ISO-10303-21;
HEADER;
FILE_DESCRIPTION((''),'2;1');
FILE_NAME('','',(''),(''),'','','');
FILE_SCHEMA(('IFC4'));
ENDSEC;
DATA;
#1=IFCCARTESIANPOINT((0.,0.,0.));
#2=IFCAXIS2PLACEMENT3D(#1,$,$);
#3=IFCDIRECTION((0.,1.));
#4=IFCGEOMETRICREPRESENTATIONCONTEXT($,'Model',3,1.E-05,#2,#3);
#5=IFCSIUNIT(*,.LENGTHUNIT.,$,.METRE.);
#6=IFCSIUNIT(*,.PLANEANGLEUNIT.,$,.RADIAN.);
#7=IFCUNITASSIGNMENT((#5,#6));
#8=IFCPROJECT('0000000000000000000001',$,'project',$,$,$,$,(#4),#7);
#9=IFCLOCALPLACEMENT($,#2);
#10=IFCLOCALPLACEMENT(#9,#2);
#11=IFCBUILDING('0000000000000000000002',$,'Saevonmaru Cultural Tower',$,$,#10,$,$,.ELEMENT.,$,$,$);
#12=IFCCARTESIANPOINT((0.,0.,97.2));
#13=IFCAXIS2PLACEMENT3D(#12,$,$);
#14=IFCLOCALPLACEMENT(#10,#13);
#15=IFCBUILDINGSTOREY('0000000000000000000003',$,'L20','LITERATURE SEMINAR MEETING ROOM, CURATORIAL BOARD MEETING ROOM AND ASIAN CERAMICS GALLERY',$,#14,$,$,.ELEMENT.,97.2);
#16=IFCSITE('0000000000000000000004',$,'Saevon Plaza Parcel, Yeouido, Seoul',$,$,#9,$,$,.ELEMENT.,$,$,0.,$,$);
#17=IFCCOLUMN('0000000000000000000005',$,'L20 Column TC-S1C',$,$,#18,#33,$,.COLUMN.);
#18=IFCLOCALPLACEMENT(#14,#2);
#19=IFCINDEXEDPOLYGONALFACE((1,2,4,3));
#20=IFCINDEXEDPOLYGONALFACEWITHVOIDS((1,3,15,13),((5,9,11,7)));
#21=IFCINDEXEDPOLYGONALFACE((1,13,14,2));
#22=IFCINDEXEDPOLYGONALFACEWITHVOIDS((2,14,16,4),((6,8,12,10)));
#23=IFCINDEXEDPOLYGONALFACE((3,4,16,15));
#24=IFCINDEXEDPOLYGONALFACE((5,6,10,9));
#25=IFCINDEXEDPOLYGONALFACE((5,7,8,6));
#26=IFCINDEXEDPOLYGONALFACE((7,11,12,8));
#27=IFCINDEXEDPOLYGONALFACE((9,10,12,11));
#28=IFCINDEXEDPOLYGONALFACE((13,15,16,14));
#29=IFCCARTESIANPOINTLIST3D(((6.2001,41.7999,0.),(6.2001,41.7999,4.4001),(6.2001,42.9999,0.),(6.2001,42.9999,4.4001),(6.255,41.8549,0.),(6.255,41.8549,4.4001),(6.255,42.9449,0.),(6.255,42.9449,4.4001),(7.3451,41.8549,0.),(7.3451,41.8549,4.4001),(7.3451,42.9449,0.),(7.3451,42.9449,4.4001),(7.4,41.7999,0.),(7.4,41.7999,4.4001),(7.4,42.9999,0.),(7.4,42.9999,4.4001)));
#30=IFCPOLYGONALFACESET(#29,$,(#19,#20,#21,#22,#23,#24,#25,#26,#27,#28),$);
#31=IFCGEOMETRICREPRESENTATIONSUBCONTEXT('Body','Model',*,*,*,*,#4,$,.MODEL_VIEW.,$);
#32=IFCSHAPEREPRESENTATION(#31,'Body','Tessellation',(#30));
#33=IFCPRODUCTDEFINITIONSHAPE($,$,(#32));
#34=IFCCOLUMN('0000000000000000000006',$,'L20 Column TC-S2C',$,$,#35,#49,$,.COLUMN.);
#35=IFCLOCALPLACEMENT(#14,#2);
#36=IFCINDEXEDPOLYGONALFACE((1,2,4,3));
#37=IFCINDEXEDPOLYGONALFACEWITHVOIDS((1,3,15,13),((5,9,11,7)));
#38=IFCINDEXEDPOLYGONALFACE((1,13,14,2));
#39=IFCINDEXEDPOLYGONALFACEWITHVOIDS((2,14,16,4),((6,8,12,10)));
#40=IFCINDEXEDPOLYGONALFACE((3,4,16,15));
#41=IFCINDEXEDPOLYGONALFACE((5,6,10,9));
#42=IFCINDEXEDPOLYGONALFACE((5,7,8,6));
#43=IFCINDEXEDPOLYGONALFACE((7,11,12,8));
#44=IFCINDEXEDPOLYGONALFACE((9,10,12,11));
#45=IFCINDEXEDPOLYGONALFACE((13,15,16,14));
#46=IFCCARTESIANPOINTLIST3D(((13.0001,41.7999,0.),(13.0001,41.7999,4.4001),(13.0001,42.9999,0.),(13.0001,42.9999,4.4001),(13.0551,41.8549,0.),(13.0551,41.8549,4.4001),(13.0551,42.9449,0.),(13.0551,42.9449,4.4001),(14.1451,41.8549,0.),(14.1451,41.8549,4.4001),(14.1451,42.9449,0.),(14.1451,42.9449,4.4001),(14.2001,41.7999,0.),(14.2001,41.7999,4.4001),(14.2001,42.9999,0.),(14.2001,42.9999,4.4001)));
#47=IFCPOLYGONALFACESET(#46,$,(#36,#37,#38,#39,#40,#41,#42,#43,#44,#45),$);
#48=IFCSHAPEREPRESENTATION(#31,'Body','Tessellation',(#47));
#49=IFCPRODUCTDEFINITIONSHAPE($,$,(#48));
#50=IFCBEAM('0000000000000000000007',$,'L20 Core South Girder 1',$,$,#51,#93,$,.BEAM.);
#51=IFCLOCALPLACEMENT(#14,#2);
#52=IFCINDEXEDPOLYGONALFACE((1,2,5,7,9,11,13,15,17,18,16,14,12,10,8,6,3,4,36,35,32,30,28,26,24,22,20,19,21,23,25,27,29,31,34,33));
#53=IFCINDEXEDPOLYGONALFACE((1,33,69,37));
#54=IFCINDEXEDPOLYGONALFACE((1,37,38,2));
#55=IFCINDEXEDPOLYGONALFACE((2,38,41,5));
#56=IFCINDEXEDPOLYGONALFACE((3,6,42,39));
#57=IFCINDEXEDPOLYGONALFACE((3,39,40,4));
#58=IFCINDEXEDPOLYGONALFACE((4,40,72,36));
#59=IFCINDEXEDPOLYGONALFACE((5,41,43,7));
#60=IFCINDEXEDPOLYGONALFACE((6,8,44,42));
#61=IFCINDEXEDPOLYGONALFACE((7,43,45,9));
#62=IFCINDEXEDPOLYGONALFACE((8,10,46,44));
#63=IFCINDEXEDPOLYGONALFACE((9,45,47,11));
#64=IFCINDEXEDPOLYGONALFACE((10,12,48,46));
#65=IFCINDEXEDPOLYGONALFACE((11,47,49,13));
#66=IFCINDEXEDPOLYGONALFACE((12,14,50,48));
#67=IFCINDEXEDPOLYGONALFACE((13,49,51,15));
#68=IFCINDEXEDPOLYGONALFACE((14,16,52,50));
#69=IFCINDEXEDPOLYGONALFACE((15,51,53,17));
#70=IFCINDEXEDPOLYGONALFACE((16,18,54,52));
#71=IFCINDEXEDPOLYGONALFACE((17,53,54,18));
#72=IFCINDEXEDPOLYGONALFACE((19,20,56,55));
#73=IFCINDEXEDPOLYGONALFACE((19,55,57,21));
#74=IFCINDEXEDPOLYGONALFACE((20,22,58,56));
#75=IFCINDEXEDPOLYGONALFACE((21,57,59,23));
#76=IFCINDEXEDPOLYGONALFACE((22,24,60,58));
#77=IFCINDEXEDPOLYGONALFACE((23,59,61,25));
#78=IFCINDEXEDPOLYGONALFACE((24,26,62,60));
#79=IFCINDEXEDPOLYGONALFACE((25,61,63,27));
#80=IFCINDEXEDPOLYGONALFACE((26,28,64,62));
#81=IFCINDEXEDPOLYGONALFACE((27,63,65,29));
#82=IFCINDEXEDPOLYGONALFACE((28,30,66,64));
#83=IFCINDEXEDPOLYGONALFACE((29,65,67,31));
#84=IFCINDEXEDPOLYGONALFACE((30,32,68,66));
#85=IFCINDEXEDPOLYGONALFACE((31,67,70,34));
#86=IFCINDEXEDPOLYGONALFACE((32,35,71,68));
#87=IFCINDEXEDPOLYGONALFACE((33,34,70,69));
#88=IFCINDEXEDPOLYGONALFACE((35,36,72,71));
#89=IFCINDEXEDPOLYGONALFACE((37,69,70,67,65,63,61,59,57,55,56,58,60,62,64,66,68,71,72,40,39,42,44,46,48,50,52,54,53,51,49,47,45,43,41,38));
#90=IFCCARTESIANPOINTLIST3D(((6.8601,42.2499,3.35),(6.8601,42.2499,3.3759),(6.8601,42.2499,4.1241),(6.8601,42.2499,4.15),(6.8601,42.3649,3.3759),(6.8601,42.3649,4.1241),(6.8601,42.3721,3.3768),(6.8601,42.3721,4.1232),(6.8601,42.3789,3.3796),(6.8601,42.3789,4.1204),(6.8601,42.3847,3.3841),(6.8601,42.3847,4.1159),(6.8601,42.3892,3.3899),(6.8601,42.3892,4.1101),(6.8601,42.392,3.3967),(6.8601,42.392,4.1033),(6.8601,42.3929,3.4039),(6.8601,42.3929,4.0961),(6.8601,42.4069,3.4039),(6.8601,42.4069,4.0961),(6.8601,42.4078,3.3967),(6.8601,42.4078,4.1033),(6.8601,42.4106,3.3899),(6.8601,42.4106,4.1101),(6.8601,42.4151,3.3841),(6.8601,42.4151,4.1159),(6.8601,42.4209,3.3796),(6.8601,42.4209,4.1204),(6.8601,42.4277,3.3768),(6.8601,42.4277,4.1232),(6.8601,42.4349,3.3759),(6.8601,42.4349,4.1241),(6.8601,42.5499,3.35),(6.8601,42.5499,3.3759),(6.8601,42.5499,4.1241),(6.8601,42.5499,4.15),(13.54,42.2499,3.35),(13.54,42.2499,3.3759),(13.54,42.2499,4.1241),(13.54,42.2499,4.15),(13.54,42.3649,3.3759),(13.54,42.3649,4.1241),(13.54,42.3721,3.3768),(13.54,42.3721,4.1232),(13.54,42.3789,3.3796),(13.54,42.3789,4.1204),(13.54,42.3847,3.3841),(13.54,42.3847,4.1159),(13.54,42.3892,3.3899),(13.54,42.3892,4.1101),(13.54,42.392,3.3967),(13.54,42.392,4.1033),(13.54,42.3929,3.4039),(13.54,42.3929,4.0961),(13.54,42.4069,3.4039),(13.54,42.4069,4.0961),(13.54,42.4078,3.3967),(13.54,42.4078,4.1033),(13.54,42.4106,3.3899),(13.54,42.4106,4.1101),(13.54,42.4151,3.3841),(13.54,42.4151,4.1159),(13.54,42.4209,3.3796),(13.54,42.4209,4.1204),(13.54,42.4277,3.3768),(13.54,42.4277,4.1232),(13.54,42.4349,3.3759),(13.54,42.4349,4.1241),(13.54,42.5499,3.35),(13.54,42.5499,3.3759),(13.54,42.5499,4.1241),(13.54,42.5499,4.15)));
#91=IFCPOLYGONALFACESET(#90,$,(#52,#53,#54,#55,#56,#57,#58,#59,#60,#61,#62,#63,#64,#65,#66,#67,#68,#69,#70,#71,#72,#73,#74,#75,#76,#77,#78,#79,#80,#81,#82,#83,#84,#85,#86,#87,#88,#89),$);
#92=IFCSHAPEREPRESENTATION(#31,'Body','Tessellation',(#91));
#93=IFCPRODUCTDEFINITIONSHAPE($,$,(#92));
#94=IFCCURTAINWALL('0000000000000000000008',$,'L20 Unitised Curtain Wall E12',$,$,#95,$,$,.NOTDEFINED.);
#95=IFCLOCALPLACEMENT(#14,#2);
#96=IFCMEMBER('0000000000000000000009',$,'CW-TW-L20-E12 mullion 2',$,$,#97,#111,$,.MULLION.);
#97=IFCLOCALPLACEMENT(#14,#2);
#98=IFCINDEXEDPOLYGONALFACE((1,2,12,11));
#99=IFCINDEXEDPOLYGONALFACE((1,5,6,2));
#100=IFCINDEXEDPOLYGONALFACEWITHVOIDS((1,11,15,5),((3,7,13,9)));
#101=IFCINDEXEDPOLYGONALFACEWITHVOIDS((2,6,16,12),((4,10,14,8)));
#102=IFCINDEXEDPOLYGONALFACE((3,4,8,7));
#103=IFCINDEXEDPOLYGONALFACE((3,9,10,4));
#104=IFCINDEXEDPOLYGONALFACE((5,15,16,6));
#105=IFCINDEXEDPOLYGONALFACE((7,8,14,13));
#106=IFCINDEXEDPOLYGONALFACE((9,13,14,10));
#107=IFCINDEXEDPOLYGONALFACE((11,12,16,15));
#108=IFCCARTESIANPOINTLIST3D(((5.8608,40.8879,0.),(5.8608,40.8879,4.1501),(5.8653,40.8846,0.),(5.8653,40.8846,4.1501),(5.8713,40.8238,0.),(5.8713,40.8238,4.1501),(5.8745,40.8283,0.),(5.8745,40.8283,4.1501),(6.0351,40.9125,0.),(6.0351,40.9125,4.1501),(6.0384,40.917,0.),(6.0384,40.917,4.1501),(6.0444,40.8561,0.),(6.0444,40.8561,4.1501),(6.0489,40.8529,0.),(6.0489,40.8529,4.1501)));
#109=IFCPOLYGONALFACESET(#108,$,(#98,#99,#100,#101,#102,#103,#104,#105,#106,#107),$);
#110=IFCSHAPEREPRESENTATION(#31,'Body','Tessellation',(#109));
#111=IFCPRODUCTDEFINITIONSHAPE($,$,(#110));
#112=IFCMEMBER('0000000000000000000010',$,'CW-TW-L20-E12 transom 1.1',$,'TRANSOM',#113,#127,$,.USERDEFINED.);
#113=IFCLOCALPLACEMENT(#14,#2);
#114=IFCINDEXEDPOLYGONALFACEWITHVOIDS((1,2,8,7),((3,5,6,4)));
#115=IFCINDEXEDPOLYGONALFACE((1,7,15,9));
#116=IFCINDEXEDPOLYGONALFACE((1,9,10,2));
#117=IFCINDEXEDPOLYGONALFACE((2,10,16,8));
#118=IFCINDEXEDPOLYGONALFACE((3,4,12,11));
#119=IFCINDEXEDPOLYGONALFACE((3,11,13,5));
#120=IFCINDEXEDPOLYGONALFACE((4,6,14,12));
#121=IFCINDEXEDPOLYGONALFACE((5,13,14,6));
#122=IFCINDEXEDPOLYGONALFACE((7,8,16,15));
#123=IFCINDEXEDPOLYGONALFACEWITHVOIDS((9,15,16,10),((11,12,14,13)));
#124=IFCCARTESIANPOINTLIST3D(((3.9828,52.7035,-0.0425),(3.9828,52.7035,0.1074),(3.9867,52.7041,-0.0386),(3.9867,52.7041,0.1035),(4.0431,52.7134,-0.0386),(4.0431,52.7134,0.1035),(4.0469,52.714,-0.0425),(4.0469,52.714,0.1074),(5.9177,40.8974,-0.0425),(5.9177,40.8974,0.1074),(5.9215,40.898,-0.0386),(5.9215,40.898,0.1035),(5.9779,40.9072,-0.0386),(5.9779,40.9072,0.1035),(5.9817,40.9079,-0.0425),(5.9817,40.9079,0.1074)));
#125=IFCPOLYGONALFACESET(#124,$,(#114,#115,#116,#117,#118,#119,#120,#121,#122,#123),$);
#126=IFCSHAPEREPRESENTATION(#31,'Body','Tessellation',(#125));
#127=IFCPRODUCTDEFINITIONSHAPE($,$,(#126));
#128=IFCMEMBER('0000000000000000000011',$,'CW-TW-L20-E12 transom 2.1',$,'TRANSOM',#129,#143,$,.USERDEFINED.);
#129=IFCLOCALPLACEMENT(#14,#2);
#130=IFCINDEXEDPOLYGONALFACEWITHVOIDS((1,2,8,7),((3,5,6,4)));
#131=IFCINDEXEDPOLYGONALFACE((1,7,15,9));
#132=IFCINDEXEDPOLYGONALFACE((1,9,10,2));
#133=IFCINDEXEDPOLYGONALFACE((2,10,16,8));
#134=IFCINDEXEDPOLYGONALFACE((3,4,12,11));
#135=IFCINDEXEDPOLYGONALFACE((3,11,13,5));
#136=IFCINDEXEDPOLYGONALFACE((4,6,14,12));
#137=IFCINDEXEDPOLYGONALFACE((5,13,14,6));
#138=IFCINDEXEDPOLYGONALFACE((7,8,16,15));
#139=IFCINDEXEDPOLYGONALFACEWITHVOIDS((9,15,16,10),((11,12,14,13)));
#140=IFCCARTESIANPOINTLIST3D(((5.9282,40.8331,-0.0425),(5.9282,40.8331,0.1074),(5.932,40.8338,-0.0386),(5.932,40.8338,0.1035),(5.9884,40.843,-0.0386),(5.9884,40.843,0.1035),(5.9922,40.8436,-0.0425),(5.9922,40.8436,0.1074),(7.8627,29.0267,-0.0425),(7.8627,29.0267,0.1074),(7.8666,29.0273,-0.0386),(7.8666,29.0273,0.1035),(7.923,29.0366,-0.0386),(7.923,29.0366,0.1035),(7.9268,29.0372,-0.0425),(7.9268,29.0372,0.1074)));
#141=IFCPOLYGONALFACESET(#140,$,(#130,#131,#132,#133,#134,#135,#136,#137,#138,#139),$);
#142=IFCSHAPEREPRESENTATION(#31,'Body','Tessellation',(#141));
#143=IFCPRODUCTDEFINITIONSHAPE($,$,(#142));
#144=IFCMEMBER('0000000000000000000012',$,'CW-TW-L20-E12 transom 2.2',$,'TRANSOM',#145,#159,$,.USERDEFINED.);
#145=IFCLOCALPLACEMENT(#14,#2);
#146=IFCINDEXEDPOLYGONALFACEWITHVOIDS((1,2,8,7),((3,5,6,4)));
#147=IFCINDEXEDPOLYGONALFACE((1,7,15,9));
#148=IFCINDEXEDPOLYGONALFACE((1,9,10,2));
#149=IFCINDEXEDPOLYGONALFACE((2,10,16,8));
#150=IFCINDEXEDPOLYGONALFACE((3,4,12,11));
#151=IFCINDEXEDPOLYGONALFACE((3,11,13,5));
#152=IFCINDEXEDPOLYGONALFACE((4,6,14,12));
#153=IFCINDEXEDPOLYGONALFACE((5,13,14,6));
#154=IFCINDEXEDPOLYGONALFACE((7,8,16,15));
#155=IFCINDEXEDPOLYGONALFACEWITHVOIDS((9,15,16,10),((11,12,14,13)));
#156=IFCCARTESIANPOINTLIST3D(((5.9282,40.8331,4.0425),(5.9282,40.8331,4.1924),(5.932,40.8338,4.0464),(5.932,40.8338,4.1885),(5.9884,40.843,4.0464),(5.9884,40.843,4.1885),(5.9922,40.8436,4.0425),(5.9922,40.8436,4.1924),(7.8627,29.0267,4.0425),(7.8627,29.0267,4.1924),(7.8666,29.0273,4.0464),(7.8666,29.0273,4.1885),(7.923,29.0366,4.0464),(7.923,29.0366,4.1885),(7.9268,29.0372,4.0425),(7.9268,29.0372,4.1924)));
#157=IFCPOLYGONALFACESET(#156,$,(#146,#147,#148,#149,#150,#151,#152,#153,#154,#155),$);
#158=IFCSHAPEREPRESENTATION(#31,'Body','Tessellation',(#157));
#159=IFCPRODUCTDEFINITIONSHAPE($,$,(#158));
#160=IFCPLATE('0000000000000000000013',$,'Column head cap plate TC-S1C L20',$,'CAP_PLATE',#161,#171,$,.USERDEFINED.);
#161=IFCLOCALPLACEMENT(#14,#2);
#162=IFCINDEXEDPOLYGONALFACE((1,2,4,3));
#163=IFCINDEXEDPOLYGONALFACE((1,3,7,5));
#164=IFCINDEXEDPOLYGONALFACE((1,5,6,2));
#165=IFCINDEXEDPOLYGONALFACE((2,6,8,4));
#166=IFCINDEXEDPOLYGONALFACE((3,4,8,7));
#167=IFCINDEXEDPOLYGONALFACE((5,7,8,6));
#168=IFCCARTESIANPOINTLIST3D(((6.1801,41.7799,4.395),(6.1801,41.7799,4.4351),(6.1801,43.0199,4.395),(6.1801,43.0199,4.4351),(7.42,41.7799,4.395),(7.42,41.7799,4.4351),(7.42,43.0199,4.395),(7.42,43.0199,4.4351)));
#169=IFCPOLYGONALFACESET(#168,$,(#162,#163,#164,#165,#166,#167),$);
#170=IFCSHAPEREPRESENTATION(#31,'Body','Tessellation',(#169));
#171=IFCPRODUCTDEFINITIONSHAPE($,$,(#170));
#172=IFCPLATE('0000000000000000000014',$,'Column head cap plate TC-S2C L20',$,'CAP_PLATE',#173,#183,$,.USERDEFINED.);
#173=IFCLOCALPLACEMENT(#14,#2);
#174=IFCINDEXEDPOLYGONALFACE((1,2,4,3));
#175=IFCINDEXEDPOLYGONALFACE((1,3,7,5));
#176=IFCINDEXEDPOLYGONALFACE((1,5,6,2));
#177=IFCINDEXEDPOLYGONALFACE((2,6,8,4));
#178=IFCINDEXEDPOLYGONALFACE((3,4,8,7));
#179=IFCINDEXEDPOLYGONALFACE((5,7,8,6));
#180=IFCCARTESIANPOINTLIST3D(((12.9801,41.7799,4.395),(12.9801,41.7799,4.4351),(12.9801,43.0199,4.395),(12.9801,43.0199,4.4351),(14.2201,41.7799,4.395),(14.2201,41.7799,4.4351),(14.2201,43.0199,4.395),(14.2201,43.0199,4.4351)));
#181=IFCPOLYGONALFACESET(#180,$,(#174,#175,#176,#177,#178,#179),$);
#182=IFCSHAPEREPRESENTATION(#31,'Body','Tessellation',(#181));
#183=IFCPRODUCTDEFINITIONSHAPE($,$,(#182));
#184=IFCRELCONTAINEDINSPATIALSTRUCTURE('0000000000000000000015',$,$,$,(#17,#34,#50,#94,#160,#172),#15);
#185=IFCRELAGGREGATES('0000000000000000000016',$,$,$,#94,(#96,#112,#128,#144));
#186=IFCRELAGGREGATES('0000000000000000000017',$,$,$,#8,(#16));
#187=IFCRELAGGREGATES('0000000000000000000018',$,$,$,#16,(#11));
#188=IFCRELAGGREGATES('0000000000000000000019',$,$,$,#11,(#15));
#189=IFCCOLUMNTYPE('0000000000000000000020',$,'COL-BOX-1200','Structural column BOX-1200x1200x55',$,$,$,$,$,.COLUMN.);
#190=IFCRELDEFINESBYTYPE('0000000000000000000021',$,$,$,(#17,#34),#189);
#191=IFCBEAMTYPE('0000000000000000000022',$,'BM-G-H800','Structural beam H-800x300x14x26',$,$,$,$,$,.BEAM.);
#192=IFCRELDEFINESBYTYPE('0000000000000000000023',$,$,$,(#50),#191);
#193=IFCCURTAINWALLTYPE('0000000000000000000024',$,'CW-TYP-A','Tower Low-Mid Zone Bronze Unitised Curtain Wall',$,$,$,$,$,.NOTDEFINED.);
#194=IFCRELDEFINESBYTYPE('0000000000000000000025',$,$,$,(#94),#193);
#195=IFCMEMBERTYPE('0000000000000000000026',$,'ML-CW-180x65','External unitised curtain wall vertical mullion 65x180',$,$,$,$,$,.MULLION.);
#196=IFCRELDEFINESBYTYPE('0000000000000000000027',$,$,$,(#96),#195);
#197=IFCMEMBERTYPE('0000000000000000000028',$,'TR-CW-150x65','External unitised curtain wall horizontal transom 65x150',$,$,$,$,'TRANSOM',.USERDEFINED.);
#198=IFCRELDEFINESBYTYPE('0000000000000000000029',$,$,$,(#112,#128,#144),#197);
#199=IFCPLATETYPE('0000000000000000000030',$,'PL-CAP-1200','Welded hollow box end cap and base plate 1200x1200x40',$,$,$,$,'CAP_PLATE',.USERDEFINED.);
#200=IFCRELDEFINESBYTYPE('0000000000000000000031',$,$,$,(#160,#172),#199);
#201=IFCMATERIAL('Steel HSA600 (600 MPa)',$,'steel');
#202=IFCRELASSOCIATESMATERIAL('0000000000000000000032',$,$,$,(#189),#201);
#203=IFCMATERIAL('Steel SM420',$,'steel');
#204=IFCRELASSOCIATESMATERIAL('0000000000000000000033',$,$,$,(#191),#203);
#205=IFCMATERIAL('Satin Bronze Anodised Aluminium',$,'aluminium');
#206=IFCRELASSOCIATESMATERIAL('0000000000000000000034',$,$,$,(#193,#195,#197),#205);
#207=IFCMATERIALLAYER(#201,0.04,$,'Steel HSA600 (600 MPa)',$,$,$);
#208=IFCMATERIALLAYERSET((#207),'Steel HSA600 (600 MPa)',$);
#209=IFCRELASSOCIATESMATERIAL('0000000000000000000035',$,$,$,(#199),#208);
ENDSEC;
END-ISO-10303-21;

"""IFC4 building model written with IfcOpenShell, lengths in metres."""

from ifc_helpers import new_model, si_unit, direction, frame, origin, origin_2d, place, context, subcontext, project, spatial, rectangle, hollow_rectangle, i_section, extrude, material, layer, layer_set, material_profile, profile_set, type_object, element, aggregate, save


model = new_model("IFC4")

# Units and contexts
model_context = context("Model", 3, precision=1e-05, world=origin(), true_north=direction((0.0, 1.0)))
body_context = subcontext(model_context, "Body", "Model", "MODEL_VIEW")
ifc_project = project(units=[si_unit("LENGTHUNIT", "METRE"), si_unit("PLANEANGLEUNIT", "RADIAN")], contexts=[model_context])

# Site, building, storey
site_placement = place(None, origin())
site = spatial("IfcSite", under=ifc_project, at=site_placement, Name="Saevon Plaza Parcel, Yeouido, Seoul", CompositionType="ELEMENT", RefElevation=0.0)
building_placement = place(site_placement, origin())
building = spatial("IfcBuilding", under=site, at=building_placement, Name="Saevonmaru Cultural Tower", CompositionType="ELEMENT")
storey_placement = place(building_placement, frame((0.0, 0.0, 97.2)))
storey = spatial("IfcBuildingStorey", under=building, at=storey_placement, Name="L20", Description="LITERATURE SEMINAR MEETING ROOM, CURATORIAL BOARD MEETING ROOM AND ASIAN CERAMICS GALLERY", CompositionType="ELEMENT", Elevation=97.2)

# Columns
ifc_material_1 = material(Name="Steel HSA600 (600 MPa)", Category="steel")
ifc_material_profile_1 = material_profile(ifc_material_1, hollow_rectangle(XDim=1.2, YDim=1.2, WallThickness=0.0549, at=origin_2d()), Name="BOX-1200x1200x55")
ifc_profile_set_1 = profile_set([ifc_material_profile_1], Name="Steel HSA600 (600 MPa)")
column_type = type_object("IfcColumnType", Name="COL-BOX-1200", Description="Structural column BOX-1200x1200x55", PredefinedType="COLUMN", material=ifc_profile_set_1)
for number, where, z_axis, x_axis, name in (
    (1, (6.8, 42.3999, 0.0), (0.0, 0.0, 1.0), (1.0, 0.0, 0.0), "L20 Column TC-S1C"),
    (2, (13.6001, 42.3999, 0.0), (0.0, 0.0, 1.0), (1.0, 0.0, 0.0), "L20 Column TC-S2C"),
):
    element("IfcColumn", number, at=place(storey_placement, frame(where, z_axis=z_axis, x_axis=x_axis)), inside=storey, type_object=column_type, Name=name, PredefinedType="COLUMN", context=body_context, shape_type="SweptSolid", body=[
        extrude(hollow_rectangle(XDim=1.2, YDim=1.2, WallThickness=0.0549, at=origin_2d()), origin(), (0.0, 0.0, 1.0), 4.4001),
    ])

# Beam
ifc_material_2 = material(Name="Steel SM420", Category="steel")
ifc_material_profile_2 = material_profile(ifc_material_2, i_section(OverallWidth=0.3, OverallDepth=0.8, WebThickness=0.0139, FlangeThickness=0.0259, FilletRadius=0.0281, at=origin_2d()), Name="H-800x300x14x26")
ifc_profile_set_2 = profile_set([ifc_material_profile_2], Name="Steel SM420")
beam_type = type_object("IfcBeamType", Name="BM-G-H800", Description="Structural beam H-800x300x14x26", PredefinedType="BEAM", material=ifc_profile_set_2)
beam_placement = place(storey_placement, frame((6.8601, 42.3999, 3.75), z_axis=(1.0, 0.0, 0.0), x_axis=(0.0, 1.0, 0.0)))
element("IfcBeam", 3, at=beam_placement, inside=storey, type_object=beam_type, Name="L20 Core South Girder 1", PredefinedType="BEAM", context=body_context, shape_type="SweptSolid", body=[
    extrude(i_section(OverallWidth=0.3, OverallDepth=0.8, WebThickness=0.0139, FlangeThickness=0.0259, FilletRadius=0.0281, at=origin_2d()), origin(), (0.0, 0.0, 1.0), 6.6799),
])

# Curtain wall, members
ifc_material_3 = material(Name="Satin Bronze Anodised Aluminium", Category="aluminium")
curtain_wall_type = type_object("IfcCurtainWallType", Name="CW-TYP-A", Description="Tower Low-Mid Zone Bronze Unitised Curtain Wall", PredefinedType="NOTDEFINED", material=ifc_material_3)
curtain_wall_placement = place(storey_placement, origin())
curtain_wall = element("IfcCurtainWall", 4, at=curtain_wall_placement, inside=storey, type_object=curtain_wall_type, Name="L20 Unitised Curtain Wall E12", PredefinedType="NOTDEFINED")
ifc_material_profile_3 = material_profile(ifc_material_3, hollow_rectangle(XDim=0.0649, YDim=0.1799, WallThickness=0.0039, at=origin_2d()), Name="ALU-MULL-180x65x4")
ifc_profile_set_3 = profile_set([ifc_material_profile_3], Name="Satin Bronze Anodised Aluminium")
member_type_1 = type_object("IfcMemberType", Name="ML-CW-180x65", Description="External unitised curtain wall vertical mullion 65x180", PredefinedType="MULLION", material=ifc_profile_set_3)
member_1_placement = place(storey_placement, frame((5.9548, 40.8704, 0.0), z_axis=(0.0, 0.0, 1.0), x_axis=(0.161709, -0.986839, 0.0)))
member_1 = element("IfcMember", 5, at=member_1_placement, type_object=member_type_1, Name="CW-TW-L20-E12 mullion 2", PredefinedType="MULLION", context=body_context, shape_type="SweptSolid", body=[
    extrude(hollow_rectangle(XDim=0.0649, YDim=0.1799, WallThickness=0.0039, at=origin_2d()), origin(), (0.0, 0.0, 1.0), 4.1501),
])
ifc_material_profile_4 = material_profile(ifc_material_3, hollow_rectangle(XDim=0.0649, YDim=0.1499, WallThickness=0.0039, at=origin_2d()), Name="ALU-TRAN-150x65x4")
ifc_profile_set_4 = profile_set([ifc_material_profile_4], Name="Satin Bronze Anodised Aluminium")
member_type_2 = type_object("IfcMemberType", Name="TR-CW-150x65", Description="External unitised curtain wall horizontal transom 65x150", ElementType="TRANSOM", PredefinedType="USERDEFINED", material=ifc_profile_set_4)
member_2_placement = place(storey_placement, frame((4.0149, 52.7087, 0.0325), z_axis=(0.161725, -0.986836, 0.0), x_axis=(0.986836, 0.161725, 0.0)))
member_2 = element("IfcMember", 6, at=member_2_placement, type_object=member_type_2, Name="CW-TW-L20-E12 transom 1.1", ObjectType="TRANSOM", PredefinedType="USERDEFINED", context=body_context, shape_type="SweptSolid", body=[
    extrude(hollow_rectangle(XDim=0.0649, YDim=0.1499, WallThickness=0.0039, at=origin_2d()), origin(), (0.0, 0.0, 1.0), 11.9636),
])
member_3_placement = place(storey_placement, frame((5.9602, 40.8384, 0.0325), z_axis=(0.161701, -0.98684, 0.0), x_axis=(0.98684, 0.161701, 0.0)))
member_3 = element("IfcMember", 7, at=member_3_placement, type_object=member_type_2, Name="CW-TW-L20-E12 transom 2.1", ObjectType="TRANSOM", PredefinedType="USERDEFINED", context=body_context, shape_type="SweptSolid", body=[
    extrude(hollow_rectangle(XDim=0.0649, YDim=0.1499, WallThickness=0.0039, at=origin_2d()), origin(), (0.0, 0.0, 1.0), 11.9639),
])
member_4_placement = place(storey_placement, frame((5.9602, 40.8384, 4.1174), z_axis=(0.161701, -0.98684, 0.0), x_axis=(0.98684, 0.161701, 0.0)))
member_4 = element("IfcMember", 8, at=member_4_placement, type_object=member_type_2, Name="CW-TW-L20-E12 transom 2.2", ObjectType="TRANSOM", PredefinedType="USERDEFINED", context=body_context, shape_type="SweptSolid", body=[
    extrude(hollow_rectangle(XDim=0.0649, YDim=0.1499, WallThickness=0.0039, at=origin_2d()), origin(), (0.0, 0.0, 1.0), 11.9639),
])

# Plates
ifc_layer_1 = layer(ifc_material_1, 0.04, Name="Steel HSA600 (600 MPa)")
ifc_layer_set_1 = layer_set([ifc_layer_1], Name="Steel HSA600 (600 MPa)")
plate_type_1 = type_object("IfcPlateType", Name="PL-CAP-1200", Description="Welded hollow box end cap and base plate 1200x1200x40", ElementType="CAP_PLATE", PredefinedType="USERDEFINED", material=ifc_layer_set_1)
for number, where, z_axis, x_axis, name in (
    (9, (6.8, 42.3999, 4.395), (0.0, 0.0, 1.0), (1.0, 0.0, 0.0), "Column head cap plate TC-S1C L20"),
    (10, (13.6001, 42.3999, 4.395), (0.0, 0.0, 1.0), (1.0, 0.0, 0.0), "Column head cap plate TC-S2C L20"),
):
    element("IfcPlate", number, at=place(storey_placement, frame(where, z_axis=z_axis, x_axis=x_axis)), inside=storey, type_object=plate_type_1, Name=name, ObjectType="CAP_PLATE", PredefinedType="USERDEFINED", context=body_context, shape_type="SweptSolid", body=[
        extrude(rectangle(XDim=1.24, YDim=1.24, at=origin_2d()), origin(), (0.0, 0.0, 1.0), 0.04),
    ])

aggregate(curtain_wall, [member_1, member_2, member_3, member_4])

save(model, "model.ifc")
